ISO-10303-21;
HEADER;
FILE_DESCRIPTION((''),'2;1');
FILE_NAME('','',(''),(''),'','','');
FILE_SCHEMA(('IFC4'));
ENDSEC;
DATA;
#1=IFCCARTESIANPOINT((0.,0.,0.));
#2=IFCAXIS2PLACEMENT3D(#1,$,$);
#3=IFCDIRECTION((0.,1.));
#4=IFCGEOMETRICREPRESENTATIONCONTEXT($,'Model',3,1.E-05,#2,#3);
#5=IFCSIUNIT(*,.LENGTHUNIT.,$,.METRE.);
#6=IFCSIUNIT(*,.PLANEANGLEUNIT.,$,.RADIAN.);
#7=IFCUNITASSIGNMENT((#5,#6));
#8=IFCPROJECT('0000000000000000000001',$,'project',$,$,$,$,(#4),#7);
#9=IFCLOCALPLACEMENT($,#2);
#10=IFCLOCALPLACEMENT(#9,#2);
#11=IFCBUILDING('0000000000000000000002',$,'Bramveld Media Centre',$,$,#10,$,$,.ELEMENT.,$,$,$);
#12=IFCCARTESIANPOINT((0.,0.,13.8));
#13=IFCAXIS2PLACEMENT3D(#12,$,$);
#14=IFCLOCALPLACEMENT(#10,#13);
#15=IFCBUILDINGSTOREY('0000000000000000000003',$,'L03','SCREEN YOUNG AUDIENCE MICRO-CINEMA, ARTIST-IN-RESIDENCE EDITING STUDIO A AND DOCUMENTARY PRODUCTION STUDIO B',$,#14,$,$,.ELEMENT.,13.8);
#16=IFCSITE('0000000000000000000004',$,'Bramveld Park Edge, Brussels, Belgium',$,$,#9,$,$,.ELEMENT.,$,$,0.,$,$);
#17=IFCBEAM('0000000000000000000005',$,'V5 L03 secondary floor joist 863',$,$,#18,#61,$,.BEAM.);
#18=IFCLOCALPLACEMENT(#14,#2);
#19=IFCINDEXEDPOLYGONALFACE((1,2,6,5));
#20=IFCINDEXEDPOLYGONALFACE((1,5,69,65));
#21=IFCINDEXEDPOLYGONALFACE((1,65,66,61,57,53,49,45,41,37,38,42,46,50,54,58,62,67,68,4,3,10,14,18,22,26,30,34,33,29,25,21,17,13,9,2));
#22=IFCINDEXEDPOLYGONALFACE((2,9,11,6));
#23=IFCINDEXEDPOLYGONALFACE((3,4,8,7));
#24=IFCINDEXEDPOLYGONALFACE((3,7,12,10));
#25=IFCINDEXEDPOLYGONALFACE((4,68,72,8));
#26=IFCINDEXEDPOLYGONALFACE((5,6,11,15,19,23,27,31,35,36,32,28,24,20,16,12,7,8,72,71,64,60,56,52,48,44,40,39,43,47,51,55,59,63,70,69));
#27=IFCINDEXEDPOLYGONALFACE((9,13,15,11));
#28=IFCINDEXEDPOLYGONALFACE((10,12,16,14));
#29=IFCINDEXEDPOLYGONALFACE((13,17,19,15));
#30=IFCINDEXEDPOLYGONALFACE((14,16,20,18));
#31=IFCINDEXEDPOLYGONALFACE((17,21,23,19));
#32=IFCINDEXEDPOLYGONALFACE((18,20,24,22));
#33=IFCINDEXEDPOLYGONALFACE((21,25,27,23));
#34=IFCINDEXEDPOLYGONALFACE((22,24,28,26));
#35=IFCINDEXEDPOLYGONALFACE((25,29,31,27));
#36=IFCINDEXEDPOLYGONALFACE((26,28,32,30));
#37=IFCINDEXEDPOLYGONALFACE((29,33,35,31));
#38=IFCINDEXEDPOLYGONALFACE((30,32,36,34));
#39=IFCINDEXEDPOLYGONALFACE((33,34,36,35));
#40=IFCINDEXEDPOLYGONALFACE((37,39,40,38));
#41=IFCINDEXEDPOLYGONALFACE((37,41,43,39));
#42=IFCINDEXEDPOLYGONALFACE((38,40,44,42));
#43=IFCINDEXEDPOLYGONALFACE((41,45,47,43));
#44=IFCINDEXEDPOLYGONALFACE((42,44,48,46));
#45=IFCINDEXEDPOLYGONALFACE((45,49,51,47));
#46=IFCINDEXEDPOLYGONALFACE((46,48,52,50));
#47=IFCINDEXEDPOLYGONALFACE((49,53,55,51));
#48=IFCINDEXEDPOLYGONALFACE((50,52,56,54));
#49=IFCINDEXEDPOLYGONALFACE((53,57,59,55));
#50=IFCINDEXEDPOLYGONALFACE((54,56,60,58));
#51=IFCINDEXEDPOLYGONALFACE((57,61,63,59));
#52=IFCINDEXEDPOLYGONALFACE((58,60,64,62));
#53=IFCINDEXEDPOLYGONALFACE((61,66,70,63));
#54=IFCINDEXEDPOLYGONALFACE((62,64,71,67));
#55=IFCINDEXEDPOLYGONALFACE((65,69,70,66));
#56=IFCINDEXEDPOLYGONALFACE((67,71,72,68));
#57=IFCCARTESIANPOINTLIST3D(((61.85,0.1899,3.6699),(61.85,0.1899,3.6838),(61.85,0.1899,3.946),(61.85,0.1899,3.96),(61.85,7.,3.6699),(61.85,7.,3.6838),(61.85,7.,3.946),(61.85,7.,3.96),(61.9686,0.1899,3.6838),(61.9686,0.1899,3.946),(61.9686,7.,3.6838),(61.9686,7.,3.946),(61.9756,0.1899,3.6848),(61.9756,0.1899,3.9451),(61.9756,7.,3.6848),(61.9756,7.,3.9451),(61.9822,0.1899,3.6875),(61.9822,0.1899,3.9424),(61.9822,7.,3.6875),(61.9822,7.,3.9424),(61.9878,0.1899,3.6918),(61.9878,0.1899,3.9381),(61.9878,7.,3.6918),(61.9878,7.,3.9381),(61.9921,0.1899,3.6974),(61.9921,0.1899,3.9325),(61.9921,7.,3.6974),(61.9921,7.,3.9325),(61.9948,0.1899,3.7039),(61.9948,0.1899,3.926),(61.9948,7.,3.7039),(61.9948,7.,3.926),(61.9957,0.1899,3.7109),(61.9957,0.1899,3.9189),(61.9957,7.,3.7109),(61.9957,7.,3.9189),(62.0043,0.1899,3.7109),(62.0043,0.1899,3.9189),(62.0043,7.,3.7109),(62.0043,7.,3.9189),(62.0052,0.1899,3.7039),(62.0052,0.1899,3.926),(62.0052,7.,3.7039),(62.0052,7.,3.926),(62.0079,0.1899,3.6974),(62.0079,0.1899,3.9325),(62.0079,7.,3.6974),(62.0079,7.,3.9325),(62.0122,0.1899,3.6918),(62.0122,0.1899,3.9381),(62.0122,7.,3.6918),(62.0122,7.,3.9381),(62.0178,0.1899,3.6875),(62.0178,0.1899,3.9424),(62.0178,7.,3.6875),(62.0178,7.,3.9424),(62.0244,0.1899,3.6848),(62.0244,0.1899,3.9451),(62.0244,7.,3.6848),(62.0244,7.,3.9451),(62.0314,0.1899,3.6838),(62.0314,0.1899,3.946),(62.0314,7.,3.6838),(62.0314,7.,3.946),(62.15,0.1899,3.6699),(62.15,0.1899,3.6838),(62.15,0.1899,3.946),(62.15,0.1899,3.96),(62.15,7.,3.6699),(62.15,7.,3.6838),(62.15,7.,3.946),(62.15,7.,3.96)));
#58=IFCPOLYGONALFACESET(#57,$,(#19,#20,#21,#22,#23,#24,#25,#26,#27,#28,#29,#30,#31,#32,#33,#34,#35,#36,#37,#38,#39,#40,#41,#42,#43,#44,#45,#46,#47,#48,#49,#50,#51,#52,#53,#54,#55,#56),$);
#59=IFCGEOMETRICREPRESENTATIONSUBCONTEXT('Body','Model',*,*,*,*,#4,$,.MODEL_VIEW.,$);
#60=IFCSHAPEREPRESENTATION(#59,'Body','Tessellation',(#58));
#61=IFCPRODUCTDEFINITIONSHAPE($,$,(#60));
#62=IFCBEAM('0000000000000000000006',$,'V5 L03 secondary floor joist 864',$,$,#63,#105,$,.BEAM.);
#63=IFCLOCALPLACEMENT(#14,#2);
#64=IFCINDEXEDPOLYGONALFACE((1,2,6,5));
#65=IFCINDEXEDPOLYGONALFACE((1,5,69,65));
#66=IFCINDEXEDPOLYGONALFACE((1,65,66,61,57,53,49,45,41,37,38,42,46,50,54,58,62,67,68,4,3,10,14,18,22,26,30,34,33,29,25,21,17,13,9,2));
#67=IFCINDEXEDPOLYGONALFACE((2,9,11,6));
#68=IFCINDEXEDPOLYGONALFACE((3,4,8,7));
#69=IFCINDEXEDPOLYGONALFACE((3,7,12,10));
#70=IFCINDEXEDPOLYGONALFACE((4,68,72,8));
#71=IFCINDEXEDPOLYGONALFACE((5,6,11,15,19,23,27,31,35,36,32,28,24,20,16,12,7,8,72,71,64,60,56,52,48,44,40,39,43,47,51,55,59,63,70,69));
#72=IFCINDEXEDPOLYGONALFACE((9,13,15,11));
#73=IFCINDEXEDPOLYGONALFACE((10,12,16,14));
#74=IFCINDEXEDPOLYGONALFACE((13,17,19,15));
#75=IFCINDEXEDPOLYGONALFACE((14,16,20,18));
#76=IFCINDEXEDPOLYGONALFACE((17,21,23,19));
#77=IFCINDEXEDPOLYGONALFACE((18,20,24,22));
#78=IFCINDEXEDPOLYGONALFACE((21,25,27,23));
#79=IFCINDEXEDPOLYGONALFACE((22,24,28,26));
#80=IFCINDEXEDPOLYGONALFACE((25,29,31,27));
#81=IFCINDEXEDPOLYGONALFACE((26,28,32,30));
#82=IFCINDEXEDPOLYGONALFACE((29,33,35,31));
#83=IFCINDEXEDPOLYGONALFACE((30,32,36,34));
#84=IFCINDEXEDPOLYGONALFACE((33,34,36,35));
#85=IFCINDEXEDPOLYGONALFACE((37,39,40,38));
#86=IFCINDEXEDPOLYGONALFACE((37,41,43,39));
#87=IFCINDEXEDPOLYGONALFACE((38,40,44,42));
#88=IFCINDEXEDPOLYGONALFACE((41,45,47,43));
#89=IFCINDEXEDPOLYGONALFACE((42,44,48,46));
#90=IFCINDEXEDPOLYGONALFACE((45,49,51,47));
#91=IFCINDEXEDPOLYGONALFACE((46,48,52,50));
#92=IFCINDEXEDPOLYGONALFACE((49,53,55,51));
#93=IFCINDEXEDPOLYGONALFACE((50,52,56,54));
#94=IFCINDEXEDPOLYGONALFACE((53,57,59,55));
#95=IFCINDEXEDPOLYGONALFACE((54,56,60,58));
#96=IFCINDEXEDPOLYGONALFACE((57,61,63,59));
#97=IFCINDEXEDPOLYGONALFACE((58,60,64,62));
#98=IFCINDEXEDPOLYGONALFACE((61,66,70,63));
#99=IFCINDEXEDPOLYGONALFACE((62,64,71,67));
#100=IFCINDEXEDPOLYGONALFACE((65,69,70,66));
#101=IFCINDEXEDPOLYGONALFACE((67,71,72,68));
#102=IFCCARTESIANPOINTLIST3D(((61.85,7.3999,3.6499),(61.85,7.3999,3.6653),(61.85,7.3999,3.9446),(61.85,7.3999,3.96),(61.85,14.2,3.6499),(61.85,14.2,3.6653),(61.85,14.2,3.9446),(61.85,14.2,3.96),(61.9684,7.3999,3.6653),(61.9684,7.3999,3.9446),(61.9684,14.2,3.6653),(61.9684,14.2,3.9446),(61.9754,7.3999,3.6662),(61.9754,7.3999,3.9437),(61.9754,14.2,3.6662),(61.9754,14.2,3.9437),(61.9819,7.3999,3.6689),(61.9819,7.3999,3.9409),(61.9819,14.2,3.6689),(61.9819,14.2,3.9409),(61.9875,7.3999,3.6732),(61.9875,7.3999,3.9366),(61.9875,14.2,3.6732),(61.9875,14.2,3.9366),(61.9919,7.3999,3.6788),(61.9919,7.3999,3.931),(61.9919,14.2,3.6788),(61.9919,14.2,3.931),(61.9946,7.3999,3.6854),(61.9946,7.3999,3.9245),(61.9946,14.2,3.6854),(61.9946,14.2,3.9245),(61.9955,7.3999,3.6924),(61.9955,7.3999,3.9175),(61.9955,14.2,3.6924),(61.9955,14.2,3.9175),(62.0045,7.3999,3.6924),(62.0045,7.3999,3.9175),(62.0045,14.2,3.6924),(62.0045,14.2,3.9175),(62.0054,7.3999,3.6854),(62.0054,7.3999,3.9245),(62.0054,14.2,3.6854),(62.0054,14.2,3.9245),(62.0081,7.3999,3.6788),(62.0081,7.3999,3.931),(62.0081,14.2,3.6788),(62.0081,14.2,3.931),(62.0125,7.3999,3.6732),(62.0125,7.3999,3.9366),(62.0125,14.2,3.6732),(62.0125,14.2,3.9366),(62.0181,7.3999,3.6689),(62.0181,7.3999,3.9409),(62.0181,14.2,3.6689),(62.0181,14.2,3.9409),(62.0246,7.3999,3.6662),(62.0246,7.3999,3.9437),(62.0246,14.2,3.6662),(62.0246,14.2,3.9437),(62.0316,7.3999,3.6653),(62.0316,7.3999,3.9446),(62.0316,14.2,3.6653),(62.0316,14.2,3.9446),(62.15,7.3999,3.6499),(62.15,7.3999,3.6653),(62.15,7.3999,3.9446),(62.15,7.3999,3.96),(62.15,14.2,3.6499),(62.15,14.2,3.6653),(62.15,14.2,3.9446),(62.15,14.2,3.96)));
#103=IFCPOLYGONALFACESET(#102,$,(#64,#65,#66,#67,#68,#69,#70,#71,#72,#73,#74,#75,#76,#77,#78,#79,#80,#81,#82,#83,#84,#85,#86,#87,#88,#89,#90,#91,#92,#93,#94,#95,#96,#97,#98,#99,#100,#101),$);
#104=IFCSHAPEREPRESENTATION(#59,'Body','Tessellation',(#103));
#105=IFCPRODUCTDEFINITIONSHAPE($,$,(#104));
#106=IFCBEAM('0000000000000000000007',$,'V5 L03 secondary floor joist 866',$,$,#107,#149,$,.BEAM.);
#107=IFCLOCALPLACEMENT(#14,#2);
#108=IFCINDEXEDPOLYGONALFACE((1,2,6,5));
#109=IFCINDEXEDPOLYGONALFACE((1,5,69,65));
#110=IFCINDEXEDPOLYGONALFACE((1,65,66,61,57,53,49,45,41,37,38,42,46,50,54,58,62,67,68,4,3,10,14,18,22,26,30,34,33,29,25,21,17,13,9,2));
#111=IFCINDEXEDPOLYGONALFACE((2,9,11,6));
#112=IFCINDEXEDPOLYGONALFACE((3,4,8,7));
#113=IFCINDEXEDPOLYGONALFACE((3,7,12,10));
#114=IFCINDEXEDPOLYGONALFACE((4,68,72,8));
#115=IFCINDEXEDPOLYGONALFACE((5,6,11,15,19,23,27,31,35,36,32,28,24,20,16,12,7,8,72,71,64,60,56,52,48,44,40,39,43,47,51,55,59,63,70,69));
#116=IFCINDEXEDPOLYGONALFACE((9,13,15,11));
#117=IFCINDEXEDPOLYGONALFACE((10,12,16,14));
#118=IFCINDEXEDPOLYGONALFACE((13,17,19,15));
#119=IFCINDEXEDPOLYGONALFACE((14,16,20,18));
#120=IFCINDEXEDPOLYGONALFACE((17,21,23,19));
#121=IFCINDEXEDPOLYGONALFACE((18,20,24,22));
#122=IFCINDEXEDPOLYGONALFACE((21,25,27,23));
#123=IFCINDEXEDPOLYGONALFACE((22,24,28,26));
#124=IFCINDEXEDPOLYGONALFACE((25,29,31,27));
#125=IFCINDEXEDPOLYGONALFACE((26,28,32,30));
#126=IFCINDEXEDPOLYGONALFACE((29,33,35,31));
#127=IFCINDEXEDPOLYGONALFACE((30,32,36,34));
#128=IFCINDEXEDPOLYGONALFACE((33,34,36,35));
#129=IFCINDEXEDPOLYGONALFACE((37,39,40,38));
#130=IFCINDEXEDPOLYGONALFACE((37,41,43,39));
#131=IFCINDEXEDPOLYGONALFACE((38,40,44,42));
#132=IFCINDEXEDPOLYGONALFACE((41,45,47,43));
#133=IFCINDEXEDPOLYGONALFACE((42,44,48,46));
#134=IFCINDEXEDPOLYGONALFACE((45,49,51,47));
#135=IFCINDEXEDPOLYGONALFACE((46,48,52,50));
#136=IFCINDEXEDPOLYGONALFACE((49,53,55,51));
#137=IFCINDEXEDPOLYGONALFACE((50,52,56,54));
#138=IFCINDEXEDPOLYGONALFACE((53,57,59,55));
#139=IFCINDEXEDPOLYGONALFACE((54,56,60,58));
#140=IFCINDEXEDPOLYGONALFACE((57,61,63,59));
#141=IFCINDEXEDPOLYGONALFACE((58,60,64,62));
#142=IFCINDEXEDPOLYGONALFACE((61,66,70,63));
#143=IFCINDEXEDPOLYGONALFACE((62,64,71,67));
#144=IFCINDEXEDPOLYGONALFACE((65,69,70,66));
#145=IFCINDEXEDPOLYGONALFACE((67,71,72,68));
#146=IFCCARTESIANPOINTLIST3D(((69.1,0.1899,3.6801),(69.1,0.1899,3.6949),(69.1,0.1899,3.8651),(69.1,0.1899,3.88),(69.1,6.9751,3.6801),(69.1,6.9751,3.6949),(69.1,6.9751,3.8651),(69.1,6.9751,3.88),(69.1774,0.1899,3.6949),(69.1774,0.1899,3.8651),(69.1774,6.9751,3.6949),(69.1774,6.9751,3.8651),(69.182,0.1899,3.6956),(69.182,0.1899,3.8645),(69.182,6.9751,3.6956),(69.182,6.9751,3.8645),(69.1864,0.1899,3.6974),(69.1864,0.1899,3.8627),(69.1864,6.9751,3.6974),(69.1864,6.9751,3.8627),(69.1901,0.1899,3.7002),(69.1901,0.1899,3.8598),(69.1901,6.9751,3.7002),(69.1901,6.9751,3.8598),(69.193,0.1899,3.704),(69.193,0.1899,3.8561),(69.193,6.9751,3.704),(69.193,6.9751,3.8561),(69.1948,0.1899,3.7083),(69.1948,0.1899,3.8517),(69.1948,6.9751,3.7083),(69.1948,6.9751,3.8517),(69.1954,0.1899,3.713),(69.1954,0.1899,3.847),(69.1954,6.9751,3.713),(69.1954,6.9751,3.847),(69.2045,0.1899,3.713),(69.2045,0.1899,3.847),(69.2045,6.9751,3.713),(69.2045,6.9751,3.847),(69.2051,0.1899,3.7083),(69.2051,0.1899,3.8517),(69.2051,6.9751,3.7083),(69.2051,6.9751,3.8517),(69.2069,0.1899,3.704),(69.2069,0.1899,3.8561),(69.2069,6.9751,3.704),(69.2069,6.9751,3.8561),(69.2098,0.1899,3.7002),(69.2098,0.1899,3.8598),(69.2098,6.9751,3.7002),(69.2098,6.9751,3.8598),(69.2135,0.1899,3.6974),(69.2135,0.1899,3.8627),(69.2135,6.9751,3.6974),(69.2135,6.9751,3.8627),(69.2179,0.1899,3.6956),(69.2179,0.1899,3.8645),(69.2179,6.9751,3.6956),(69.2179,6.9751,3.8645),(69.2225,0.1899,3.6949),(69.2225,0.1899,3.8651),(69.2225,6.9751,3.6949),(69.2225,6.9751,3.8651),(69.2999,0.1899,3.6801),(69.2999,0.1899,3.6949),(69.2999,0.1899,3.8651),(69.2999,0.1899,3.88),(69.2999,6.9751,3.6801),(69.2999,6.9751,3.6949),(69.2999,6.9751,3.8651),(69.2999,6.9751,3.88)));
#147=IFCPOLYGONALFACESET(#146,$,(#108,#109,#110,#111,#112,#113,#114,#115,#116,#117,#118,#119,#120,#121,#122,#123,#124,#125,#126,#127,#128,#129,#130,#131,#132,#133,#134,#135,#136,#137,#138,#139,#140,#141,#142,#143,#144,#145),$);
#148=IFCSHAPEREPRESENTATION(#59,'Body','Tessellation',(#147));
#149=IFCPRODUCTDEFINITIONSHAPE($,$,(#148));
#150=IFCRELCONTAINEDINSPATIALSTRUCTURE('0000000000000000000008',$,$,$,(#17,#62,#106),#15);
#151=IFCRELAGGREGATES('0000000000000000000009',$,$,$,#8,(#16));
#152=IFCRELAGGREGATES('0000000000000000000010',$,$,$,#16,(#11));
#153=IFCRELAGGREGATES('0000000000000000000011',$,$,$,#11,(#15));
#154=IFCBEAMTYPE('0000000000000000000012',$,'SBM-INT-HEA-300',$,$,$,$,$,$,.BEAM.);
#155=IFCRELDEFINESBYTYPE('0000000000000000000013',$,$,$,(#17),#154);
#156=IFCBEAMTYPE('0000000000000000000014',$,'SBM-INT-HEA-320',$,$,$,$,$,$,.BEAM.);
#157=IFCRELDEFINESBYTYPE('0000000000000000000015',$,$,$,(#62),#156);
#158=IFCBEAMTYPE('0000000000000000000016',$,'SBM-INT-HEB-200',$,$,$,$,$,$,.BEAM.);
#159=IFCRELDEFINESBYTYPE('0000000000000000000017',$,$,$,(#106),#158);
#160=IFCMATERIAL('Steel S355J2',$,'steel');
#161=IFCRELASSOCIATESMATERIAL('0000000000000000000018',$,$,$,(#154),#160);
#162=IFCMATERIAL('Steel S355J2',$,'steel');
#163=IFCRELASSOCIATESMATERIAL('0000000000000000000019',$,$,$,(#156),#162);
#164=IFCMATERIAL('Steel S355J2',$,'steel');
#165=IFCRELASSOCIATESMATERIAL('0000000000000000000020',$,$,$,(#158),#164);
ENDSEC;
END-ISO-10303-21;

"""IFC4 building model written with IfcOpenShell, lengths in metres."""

from ifc_helpers import new_model, si_unit, direction, frame, origin, origin_2d, place, context, subcontext, project, spatial, i_section, extrude, material, material_profile, profile_set, type_object, element, save


model = new_model("IFC4")

# Units and contexts
model_context = context("Model", 3, precision=1e-05, world=origin(), true_north=direction((0.0, 1.0)))
body_context = subcontext(model_context, "Body", "Model", "MODEL_VIEW")
ifc_project = project(units=[si_unit("LENGTHUNIT", "METRE"), si_unit("PLANEANGLEUNIT", "RADIAN")], contexts=[model_context])

# Site, building, storey
site_placement = place(None, origin())
site = spatial("IfcSite", under=ifc_project, at=site_placement, Name="Bramveld Park Edge, Brussels, Belgium", CompositionType="ELEMENT", RefElevation=0.0)
building_placement = place(site_placement, origin())
building = spatial("IfcBuilding", under=site, at=building_placement, Name="Bramveld Media Centre", CompositionType="ELEMENT")
storey_placement = place(building_placement, frame((0.0, 0.0, 13.8)))
storey = spatial("IfcBuildingStorey", under=building, at=storey_placement, Name="L03", Description="SCREEN YOUNG AUDIENCE MICRO-CINEMA, ARTIST-IN-RESIDENCE EDITING STUDIO A AND DOCUMENTARY PRODUCTION STUDIO B", CompositionType="ELEMENT", Elevation=13.8)

# Beams
ifc_material_1 = material(Name="Steel S355J2", Category="steel")
ifc_material_profile_1 = material_profile(ifc_material_1, i_section(OverallWidth=0.3, OverallDepth=0.29, WebThickness=0.0085, FlangeThickness=0.0139, FilletRadius=0.0271, at=origin_2d()), Name="HEA 300")
ifc_profile_set_1 = profile_set([ifc_material_profile_1], Name="Steel S355J2")
beam_type_1 = type_object("IfcBeamType", Name="SBM-INT-HEA-300", PredefinedType="BEAM", material=ifc_profile_set_1)
beam_1_placement = place(storey_placement, frame((62.0, 0.1899, 3.8149), z_axis=(0.0, 1.0, 0.0), x_axis=(-1.0, 0.0, 0.0)))
element("IfcBeam", 1, at=beam_1_placement, inside=storey, type_object=beam_type_1, Name="V5 L03 secondary floor joist 863", PredefinedType="BEAM", context=body_context, shape_type="SweptSolid", body=[
    extrude(i_section(OverallWidth=0.3, OverallDepth=0.29, WebThickness=0.0085, FlangeThickness=0.0139, FilletRadius=0.0271, at=origin_2d()), origin(), (0.0, 0.0, 1.0), 6.8101),
])
ifc_material_2 = material(Name="Steel S355J2", Category="steel")
ifc_material_profile_2 = material_profile(ifc_material_2, i_section(OverallWidth=0.3, OverallDepth=0.3101, WebThickness=0.009, FlangeThickness=0.0154, FilletRadius=0.0271, at=origin_2d()), Name="HEA 320")
ifc_profile_set_2 = profile_set([ifc_material_profile_2], Name="Steel S355J2")
beam_type_2 = type_object("IfcBeamType", Name="SBM-INT-HEA-320", PredefinedType="BEAM", material=ifc_profile_set_2)
beam_2_placement = place(storey_placement, frame((62.0, 7.3999, 3.8049), z_axis=(0.0, 1.0, 0.0), x_axis=(-1.0, 0.0, 0.0)))
element("IfcBeam", 2, at=beam_2_placement, inside=storey, type_object=beam_type_2, Name="V5 L03 secondary floor joist 864", PredefinedType="BEAM", context=body_context, shape_type="SweptSolid", body=[
    extrude(i_section(OverallWidth=0.3, OverallDepth=0.3101, WebThickness=0.009, FlangeThickness=0.0154, FilletRadius=0.0271, at=origin_2d()), origin(), (0.0, 0.0, 1.0), 6.8),
])
ifc_material_3 = material(Name="Steel S355J2", Category="steel")
ifc_material_profile_3 = material_profile(ifc_material_3, i_section(OverallWidth=0.2, OverallDepth=0.2, WebThickness=0.009, FlangeThickness=0.0149, FilletRadius=0.0181, at=origin_2d()), Name="HEB 200")
ifc_profile_set_3 = profile_set([ifc_material_profile_3], Name="Steel S355J2")
beam_type_3 = type_object("IfcBeamType", Name="SBM-INT-HEB-200", PredefinedType="BEAM", material=ifc_profile_set_3)
beam_3_placement = place(storey_placement, frame((69.2, 0.1899, 3.78), z_axis=(0.0, 1.0, 0.0), x_axis=(-1.0, 0.0, 0.0)))
element("IfcBeam", 3, at=beam_3_placement, inside=storey, type_object=beam_type_3, Name="V5 L03 secondary floor joist 866", PredefinedType="BEAM", context=body_context, shape_type="SweptSolid", body=[
    extrude(i_section(OverallWidth=0.2, OverallDepth=0.2, WebThickness=0.009, FlangeThickness=0.0149, FilletRadius=0.0181, at=origin_2d()), origin(), (0.0, 0.0, 1.0), 6.7852),
])

save(model, "model.ifc")
